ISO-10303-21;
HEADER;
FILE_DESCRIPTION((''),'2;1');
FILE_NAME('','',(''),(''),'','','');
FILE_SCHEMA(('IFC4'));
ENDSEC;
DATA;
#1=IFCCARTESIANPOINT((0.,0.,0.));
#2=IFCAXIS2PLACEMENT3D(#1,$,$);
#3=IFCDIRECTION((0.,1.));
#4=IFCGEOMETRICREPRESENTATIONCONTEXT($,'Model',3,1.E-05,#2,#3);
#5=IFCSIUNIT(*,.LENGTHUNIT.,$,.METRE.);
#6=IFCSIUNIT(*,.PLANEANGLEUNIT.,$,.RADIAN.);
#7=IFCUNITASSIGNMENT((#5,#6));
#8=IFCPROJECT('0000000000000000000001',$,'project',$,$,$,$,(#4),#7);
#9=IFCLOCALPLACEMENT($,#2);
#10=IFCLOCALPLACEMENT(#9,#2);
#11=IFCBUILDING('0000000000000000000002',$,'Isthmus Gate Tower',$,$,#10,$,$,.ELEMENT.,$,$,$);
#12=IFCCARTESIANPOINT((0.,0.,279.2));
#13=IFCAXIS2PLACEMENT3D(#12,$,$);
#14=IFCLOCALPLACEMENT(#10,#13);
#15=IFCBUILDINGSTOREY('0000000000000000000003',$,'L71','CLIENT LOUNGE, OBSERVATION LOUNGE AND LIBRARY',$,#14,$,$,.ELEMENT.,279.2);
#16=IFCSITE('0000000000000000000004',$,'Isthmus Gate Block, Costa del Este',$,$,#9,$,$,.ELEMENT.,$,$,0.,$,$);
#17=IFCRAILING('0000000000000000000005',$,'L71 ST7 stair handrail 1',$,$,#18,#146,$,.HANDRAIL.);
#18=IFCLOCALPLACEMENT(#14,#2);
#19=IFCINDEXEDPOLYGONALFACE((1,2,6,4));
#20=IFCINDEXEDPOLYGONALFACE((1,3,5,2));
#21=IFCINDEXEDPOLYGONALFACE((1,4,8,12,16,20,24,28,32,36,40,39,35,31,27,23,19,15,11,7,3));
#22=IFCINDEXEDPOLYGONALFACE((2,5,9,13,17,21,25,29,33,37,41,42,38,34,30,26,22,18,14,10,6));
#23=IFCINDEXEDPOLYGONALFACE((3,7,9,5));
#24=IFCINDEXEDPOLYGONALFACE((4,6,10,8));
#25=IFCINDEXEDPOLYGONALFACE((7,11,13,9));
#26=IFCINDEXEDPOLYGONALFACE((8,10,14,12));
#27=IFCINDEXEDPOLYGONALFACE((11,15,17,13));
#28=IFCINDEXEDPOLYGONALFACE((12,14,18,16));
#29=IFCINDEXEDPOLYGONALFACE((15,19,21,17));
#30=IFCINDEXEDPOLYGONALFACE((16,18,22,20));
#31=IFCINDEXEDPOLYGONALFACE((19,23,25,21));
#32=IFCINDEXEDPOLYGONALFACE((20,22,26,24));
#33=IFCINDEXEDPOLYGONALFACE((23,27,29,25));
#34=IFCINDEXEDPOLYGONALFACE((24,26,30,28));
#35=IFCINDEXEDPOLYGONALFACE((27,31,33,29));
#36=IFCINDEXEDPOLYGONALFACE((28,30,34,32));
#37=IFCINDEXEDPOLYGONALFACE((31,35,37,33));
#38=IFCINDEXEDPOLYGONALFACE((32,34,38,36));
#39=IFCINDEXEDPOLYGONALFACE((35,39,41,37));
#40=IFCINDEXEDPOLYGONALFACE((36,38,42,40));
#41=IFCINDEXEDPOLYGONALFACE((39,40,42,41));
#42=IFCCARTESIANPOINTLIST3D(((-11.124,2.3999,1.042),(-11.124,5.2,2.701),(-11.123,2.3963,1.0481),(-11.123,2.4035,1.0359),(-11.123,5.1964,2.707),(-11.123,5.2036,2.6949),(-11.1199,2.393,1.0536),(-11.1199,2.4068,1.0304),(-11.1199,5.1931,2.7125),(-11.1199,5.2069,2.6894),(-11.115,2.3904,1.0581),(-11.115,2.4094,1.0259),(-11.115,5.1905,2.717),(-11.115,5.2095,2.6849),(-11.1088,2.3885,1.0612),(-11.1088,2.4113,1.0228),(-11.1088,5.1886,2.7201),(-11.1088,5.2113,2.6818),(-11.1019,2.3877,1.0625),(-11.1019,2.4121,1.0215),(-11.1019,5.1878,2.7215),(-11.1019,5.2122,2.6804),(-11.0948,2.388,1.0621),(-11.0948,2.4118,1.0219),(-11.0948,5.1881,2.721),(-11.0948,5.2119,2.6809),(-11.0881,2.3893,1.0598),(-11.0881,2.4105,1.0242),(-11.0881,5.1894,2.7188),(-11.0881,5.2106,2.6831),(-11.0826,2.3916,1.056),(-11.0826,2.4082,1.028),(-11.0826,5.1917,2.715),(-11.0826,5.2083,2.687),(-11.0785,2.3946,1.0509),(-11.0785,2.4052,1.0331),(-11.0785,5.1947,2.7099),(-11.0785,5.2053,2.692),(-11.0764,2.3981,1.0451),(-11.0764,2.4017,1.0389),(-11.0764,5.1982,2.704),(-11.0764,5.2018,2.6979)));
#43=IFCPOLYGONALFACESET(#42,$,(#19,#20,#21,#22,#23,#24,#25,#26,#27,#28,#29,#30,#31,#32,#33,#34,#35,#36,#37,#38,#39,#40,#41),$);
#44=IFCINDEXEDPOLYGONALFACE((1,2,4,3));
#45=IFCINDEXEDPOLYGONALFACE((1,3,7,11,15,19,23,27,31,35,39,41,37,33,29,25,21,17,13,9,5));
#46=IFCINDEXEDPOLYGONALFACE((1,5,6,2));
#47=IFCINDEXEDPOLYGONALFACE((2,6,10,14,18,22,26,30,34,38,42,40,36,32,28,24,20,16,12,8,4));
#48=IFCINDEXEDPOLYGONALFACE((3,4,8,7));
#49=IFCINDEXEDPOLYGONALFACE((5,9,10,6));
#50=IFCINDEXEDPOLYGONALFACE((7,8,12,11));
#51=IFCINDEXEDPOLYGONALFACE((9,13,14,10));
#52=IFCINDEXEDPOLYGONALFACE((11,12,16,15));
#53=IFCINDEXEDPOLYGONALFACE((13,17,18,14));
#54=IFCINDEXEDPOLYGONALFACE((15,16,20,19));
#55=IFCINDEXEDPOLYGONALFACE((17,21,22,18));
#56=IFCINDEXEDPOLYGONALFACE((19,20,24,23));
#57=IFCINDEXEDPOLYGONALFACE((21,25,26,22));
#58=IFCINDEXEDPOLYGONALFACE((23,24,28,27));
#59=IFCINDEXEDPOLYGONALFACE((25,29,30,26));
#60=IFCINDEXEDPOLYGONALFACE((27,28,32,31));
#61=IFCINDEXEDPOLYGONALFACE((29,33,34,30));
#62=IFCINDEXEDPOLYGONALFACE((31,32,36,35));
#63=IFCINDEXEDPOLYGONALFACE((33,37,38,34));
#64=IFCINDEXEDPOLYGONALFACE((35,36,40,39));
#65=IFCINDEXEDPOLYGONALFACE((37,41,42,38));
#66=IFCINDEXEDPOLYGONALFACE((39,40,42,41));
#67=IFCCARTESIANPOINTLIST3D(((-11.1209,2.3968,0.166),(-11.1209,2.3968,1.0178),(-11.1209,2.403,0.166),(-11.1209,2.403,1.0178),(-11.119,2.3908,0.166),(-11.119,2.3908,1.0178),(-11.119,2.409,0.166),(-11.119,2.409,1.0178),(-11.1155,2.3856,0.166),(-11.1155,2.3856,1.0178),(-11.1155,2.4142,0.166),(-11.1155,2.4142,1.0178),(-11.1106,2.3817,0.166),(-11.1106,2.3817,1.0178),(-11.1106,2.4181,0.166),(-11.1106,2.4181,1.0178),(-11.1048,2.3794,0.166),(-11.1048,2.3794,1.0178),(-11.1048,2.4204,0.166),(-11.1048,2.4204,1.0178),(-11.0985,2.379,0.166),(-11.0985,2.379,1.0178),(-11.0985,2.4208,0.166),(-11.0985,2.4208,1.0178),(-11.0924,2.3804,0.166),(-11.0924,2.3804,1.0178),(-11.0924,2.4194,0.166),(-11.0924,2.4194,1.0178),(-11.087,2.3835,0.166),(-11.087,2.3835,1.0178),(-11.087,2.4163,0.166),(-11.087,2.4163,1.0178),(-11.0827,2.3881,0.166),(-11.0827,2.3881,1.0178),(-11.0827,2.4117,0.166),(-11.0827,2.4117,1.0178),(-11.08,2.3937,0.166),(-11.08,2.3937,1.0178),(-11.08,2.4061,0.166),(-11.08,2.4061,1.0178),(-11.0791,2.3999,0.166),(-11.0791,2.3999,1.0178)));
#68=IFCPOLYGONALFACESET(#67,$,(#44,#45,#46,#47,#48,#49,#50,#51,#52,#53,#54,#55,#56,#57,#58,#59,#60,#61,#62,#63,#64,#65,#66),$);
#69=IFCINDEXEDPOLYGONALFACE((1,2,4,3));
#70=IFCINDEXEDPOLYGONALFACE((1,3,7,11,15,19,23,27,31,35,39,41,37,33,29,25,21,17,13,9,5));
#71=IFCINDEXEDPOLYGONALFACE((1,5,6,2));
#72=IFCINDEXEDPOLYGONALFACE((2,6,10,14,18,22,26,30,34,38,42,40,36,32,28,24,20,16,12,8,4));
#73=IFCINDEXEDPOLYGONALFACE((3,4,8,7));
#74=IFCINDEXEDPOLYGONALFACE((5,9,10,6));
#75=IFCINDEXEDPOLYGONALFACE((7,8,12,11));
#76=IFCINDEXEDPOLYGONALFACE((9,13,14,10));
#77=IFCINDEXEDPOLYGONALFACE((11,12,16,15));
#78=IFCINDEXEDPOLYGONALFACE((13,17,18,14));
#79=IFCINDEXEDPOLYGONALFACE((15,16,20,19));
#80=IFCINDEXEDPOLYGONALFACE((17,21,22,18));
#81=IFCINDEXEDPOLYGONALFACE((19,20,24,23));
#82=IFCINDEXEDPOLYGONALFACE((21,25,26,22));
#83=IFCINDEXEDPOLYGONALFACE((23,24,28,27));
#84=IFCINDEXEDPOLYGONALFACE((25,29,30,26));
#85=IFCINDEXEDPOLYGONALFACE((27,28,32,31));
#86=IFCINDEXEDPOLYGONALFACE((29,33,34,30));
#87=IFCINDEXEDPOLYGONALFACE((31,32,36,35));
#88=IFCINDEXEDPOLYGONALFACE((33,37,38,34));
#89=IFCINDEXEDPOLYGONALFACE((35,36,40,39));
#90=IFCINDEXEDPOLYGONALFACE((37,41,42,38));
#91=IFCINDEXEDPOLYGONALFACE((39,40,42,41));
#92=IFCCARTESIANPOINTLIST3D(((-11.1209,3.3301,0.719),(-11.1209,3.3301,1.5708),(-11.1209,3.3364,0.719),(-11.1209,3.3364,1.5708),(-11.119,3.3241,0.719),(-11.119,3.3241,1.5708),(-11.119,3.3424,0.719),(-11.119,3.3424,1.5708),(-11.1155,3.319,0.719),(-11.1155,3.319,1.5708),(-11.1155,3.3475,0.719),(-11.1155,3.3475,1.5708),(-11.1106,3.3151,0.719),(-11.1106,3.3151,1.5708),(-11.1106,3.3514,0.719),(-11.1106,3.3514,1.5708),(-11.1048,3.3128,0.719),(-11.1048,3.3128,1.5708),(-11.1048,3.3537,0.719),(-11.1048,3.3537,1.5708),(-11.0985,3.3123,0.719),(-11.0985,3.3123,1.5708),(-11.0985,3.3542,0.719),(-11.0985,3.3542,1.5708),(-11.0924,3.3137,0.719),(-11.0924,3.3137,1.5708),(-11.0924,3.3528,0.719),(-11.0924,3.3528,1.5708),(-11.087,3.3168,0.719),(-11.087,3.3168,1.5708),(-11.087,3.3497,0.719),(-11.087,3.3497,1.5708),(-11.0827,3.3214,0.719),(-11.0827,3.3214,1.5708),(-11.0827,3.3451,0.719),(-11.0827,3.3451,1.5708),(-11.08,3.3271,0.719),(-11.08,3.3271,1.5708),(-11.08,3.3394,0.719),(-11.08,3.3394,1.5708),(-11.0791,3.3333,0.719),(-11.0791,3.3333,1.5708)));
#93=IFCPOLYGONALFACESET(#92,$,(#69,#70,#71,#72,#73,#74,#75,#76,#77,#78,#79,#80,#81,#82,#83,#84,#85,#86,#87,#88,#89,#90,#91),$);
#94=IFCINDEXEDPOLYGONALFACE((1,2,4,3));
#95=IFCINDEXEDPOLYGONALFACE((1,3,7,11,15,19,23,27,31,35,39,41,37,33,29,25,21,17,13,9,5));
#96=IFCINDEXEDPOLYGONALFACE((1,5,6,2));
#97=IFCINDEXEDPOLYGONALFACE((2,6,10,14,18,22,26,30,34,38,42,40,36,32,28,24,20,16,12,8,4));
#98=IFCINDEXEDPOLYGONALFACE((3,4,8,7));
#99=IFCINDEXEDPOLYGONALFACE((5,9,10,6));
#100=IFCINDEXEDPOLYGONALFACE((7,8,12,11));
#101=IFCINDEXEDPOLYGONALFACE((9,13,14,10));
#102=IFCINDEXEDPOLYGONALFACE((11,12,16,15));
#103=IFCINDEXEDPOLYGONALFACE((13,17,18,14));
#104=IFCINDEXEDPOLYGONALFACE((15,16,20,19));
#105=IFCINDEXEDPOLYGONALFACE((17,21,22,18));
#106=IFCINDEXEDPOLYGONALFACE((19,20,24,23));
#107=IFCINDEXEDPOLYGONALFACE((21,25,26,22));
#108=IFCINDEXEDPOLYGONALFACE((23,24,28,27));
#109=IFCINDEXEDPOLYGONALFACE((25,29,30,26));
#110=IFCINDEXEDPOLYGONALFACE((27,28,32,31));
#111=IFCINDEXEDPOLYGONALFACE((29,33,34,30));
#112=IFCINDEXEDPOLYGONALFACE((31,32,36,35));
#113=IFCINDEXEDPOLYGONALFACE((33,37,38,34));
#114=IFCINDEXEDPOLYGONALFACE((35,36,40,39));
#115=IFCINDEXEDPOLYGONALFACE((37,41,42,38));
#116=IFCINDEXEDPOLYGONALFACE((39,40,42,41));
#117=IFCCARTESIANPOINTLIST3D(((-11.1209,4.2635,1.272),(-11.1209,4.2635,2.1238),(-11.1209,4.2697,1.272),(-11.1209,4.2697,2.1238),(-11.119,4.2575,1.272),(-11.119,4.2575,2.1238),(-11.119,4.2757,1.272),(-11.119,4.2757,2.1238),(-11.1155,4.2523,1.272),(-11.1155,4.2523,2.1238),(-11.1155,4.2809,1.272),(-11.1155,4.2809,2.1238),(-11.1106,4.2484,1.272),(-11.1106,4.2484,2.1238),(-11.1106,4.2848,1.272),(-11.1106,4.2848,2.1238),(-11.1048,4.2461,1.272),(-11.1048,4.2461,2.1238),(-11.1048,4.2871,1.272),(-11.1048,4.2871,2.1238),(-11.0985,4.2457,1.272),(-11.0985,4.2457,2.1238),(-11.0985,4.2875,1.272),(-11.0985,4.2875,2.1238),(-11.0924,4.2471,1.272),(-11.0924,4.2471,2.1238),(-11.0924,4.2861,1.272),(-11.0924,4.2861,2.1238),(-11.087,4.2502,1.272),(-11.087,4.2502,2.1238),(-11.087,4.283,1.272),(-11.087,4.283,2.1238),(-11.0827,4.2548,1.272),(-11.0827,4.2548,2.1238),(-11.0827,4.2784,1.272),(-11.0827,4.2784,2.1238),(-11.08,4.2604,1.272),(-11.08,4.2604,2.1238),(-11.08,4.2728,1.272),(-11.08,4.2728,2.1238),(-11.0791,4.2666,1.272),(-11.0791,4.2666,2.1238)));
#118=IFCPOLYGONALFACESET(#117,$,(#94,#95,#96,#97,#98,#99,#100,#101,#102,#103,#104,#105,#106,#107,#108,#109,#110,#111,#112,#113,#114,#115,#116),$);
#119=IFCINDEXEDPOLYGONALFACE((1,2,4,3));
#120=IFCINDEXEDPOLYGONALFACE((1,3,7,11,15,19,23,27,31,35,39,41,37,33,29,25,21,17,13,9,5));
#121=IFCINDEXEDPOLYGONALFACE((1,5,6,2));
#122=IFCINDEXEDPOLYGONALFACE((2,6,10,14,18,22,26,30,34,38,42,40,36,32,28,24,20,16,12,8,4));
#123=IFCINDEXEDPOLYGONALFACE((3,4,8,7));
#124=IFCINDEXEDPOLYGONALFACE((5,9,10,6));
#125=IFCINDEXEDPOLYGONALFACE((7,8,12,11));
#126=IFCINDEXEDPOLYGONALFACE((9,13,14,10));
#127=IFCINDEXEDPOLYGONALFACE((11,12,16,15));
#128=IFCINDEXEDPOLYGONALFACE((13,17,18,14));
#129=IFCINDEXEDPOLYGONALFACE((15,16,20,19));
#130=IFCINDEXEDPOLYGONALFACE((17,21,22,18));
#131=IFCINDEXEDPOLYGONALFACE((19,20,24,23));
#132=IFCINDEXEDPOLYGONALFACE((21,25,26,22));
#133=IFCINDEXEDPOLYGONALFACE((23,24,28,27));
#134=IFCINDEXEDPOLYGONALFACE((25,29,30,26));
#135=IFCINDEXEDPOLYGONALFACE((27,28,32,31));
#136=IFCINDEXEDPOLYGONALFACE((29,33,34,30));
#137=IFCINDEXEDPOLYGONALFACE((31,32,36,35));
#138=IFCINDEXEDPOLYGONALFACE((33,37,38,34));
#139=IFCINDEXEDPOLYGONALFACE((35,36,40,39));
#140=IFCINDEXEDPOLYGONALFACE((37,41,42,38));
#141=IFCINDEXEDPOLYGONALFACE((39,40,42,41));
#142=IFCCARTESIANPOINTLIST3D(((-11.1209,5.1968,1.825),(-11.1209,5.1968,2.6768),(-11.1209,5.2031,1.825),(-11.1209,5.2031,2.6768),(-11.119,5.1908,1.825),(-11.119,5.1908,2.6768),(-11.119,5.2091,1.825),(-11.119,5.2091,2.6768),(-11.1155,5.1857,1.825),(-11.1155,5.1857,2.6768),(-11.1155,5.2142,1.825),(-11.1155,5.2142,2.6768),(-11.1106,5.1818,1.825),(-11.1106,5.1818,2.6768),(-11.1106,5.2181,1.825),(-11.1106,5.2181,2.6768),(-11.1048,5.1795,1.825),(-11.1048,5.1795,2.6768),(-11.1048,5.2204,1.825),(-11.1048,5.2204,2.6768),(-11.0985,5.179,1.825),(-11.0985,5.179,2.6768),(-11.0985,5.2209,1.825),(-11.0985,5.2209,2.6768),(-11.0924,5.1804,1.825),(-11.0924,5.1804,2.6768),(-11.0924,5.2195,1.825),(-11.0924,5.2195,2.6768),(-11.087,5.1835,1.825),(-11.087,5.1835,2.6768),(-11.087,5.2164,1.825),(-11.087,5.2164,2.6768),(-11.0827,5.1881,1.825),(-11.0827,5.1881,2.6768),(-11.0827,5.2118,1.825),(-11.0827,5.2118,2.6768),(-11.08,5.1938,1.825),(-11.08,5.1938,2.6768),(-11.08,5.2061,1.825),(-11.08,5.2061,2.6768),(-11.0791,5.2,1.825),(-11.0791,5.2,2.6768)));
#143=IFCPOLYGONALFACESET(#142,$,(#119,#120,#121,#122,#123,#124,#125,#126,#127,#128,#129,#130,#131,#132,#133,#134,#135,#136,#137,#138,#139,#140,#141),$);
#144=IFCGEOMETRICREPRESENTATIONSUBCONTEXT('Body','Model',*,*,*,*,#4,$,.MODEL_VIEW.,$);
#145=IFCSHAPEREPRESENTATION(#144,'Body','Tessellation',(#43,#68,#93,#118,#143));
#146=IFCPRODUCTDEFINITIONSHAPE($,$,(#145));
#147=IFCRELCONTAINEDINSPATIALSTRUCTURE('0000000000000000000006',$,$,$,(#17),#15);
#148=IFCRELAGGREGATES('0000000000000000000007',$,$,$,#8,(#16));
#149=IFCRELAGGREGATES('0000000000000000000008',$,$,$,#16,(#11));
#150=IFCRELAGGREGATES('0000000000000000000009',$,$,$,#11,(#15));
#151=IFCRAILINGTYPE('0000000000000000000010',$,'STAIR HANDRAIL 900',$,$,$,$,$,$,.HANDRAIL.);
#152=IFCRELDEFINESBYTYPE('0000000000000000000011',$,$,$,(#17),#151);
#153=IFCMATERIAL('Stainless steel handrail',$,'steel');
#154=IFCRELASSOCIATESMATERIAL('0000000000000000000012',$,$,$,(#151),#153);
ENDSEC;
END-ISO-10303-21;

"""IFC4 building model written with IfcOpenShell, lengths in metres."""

from ifc_helpers import new_model, si_unit, direction, frame, origin, origin_2d, place, context, subcontext, project, spatial, circle, extrude, material, type_object, element, save


model = new_model("IFC4")

# Units and contexts
model_context = context("Model", 3, precision=1e-05, world=origin(), true_north=direction((0.0, 1.0)))
body_context = subcontext(model_context, "Body", "Model", "MODEL_VIEW")
ifc_project = project(units=[si_unit("LENGTHUNIT", "METRE"), si_unit("PLANEANGLEUNIT", "RADIAN")], contexts=[model_context])

# Site, building, storey
site_placement = place(None, origin())
site = spatial("IfcSite", under=ifc_project, at=site_placement, Name="Isthmus Gate Block, Costa del Este", CompositionType="ELEMENT", RefElevation=0.0)
building_placement = place(site_placement, origin())
building = spatial("IfcBuilding", under=site, at=building_placement, Name="Isthmus Gate Tower", CompositionType="ELEMENT")
storey_placement = place(building_placement, frame((0.0, 0.0, 279.2)))
storey = spatial("IfcBuildingStorey", under=building, at=storey_placement, Name="L71", Description="CLIENT LOUNGE, OBSERVATION LOUNGE AND LIBRARY", CompositionType="ELEMENT", Elevation=279.2)

# Railing
ifc_material_1 = material(Name="Stainless steel handrail", Category="steel")
railing_type_1 = type_object("IfcRailingType", Name="STAIR HANDRAIL 900", PredefinedType="HANDRAIL", material=ifc_material_1)
railing_1_placement = place(storey_placement, frame((-11.1001, 2.3999, 0.166)))
element("IfcRailing", 1, at=railing_1_placement, inside=storey, type_object=railing_type_1, Name="L71 ST7 stair handrail 1", PredefinedType="HANDRAIL", context=body_context, shape_type="SweptSolid", body=[
    extrude(circle(Radius=0.0239, at=origin_2d()), frame((0.0, 0.0, 0.876), z_axis=(0.0, 0.860339, 0.509722), x_axis=(-1.0, 0.0, 0.0)), (0.0, 0.0, 1.0), 3.2546),
    extrude(circle(Radius=0.021, at=origin_2d()), origin(), (0.0, 0.0, 1.0), 0.8518),
    extrude(circle(Radius=0.021, at=origin_2d()), frame((0.0, 0.9333, 0.553)), (0.0, 0.0, 1.0), 0.8518),
    extrude(circle(Radius=0.021, at=origin_2d()), frame((0.0, 1.8667, 1.106)), (0.0, 0.0, 1.0), 0.8518),
    extrude(circle(Radius=0.021, at=origin_2d()), frame((0.0, 2.8, 1.6589)), (0.0, 0.0, 1.0), 0.8518),
])

save(model, "model.ifc")
